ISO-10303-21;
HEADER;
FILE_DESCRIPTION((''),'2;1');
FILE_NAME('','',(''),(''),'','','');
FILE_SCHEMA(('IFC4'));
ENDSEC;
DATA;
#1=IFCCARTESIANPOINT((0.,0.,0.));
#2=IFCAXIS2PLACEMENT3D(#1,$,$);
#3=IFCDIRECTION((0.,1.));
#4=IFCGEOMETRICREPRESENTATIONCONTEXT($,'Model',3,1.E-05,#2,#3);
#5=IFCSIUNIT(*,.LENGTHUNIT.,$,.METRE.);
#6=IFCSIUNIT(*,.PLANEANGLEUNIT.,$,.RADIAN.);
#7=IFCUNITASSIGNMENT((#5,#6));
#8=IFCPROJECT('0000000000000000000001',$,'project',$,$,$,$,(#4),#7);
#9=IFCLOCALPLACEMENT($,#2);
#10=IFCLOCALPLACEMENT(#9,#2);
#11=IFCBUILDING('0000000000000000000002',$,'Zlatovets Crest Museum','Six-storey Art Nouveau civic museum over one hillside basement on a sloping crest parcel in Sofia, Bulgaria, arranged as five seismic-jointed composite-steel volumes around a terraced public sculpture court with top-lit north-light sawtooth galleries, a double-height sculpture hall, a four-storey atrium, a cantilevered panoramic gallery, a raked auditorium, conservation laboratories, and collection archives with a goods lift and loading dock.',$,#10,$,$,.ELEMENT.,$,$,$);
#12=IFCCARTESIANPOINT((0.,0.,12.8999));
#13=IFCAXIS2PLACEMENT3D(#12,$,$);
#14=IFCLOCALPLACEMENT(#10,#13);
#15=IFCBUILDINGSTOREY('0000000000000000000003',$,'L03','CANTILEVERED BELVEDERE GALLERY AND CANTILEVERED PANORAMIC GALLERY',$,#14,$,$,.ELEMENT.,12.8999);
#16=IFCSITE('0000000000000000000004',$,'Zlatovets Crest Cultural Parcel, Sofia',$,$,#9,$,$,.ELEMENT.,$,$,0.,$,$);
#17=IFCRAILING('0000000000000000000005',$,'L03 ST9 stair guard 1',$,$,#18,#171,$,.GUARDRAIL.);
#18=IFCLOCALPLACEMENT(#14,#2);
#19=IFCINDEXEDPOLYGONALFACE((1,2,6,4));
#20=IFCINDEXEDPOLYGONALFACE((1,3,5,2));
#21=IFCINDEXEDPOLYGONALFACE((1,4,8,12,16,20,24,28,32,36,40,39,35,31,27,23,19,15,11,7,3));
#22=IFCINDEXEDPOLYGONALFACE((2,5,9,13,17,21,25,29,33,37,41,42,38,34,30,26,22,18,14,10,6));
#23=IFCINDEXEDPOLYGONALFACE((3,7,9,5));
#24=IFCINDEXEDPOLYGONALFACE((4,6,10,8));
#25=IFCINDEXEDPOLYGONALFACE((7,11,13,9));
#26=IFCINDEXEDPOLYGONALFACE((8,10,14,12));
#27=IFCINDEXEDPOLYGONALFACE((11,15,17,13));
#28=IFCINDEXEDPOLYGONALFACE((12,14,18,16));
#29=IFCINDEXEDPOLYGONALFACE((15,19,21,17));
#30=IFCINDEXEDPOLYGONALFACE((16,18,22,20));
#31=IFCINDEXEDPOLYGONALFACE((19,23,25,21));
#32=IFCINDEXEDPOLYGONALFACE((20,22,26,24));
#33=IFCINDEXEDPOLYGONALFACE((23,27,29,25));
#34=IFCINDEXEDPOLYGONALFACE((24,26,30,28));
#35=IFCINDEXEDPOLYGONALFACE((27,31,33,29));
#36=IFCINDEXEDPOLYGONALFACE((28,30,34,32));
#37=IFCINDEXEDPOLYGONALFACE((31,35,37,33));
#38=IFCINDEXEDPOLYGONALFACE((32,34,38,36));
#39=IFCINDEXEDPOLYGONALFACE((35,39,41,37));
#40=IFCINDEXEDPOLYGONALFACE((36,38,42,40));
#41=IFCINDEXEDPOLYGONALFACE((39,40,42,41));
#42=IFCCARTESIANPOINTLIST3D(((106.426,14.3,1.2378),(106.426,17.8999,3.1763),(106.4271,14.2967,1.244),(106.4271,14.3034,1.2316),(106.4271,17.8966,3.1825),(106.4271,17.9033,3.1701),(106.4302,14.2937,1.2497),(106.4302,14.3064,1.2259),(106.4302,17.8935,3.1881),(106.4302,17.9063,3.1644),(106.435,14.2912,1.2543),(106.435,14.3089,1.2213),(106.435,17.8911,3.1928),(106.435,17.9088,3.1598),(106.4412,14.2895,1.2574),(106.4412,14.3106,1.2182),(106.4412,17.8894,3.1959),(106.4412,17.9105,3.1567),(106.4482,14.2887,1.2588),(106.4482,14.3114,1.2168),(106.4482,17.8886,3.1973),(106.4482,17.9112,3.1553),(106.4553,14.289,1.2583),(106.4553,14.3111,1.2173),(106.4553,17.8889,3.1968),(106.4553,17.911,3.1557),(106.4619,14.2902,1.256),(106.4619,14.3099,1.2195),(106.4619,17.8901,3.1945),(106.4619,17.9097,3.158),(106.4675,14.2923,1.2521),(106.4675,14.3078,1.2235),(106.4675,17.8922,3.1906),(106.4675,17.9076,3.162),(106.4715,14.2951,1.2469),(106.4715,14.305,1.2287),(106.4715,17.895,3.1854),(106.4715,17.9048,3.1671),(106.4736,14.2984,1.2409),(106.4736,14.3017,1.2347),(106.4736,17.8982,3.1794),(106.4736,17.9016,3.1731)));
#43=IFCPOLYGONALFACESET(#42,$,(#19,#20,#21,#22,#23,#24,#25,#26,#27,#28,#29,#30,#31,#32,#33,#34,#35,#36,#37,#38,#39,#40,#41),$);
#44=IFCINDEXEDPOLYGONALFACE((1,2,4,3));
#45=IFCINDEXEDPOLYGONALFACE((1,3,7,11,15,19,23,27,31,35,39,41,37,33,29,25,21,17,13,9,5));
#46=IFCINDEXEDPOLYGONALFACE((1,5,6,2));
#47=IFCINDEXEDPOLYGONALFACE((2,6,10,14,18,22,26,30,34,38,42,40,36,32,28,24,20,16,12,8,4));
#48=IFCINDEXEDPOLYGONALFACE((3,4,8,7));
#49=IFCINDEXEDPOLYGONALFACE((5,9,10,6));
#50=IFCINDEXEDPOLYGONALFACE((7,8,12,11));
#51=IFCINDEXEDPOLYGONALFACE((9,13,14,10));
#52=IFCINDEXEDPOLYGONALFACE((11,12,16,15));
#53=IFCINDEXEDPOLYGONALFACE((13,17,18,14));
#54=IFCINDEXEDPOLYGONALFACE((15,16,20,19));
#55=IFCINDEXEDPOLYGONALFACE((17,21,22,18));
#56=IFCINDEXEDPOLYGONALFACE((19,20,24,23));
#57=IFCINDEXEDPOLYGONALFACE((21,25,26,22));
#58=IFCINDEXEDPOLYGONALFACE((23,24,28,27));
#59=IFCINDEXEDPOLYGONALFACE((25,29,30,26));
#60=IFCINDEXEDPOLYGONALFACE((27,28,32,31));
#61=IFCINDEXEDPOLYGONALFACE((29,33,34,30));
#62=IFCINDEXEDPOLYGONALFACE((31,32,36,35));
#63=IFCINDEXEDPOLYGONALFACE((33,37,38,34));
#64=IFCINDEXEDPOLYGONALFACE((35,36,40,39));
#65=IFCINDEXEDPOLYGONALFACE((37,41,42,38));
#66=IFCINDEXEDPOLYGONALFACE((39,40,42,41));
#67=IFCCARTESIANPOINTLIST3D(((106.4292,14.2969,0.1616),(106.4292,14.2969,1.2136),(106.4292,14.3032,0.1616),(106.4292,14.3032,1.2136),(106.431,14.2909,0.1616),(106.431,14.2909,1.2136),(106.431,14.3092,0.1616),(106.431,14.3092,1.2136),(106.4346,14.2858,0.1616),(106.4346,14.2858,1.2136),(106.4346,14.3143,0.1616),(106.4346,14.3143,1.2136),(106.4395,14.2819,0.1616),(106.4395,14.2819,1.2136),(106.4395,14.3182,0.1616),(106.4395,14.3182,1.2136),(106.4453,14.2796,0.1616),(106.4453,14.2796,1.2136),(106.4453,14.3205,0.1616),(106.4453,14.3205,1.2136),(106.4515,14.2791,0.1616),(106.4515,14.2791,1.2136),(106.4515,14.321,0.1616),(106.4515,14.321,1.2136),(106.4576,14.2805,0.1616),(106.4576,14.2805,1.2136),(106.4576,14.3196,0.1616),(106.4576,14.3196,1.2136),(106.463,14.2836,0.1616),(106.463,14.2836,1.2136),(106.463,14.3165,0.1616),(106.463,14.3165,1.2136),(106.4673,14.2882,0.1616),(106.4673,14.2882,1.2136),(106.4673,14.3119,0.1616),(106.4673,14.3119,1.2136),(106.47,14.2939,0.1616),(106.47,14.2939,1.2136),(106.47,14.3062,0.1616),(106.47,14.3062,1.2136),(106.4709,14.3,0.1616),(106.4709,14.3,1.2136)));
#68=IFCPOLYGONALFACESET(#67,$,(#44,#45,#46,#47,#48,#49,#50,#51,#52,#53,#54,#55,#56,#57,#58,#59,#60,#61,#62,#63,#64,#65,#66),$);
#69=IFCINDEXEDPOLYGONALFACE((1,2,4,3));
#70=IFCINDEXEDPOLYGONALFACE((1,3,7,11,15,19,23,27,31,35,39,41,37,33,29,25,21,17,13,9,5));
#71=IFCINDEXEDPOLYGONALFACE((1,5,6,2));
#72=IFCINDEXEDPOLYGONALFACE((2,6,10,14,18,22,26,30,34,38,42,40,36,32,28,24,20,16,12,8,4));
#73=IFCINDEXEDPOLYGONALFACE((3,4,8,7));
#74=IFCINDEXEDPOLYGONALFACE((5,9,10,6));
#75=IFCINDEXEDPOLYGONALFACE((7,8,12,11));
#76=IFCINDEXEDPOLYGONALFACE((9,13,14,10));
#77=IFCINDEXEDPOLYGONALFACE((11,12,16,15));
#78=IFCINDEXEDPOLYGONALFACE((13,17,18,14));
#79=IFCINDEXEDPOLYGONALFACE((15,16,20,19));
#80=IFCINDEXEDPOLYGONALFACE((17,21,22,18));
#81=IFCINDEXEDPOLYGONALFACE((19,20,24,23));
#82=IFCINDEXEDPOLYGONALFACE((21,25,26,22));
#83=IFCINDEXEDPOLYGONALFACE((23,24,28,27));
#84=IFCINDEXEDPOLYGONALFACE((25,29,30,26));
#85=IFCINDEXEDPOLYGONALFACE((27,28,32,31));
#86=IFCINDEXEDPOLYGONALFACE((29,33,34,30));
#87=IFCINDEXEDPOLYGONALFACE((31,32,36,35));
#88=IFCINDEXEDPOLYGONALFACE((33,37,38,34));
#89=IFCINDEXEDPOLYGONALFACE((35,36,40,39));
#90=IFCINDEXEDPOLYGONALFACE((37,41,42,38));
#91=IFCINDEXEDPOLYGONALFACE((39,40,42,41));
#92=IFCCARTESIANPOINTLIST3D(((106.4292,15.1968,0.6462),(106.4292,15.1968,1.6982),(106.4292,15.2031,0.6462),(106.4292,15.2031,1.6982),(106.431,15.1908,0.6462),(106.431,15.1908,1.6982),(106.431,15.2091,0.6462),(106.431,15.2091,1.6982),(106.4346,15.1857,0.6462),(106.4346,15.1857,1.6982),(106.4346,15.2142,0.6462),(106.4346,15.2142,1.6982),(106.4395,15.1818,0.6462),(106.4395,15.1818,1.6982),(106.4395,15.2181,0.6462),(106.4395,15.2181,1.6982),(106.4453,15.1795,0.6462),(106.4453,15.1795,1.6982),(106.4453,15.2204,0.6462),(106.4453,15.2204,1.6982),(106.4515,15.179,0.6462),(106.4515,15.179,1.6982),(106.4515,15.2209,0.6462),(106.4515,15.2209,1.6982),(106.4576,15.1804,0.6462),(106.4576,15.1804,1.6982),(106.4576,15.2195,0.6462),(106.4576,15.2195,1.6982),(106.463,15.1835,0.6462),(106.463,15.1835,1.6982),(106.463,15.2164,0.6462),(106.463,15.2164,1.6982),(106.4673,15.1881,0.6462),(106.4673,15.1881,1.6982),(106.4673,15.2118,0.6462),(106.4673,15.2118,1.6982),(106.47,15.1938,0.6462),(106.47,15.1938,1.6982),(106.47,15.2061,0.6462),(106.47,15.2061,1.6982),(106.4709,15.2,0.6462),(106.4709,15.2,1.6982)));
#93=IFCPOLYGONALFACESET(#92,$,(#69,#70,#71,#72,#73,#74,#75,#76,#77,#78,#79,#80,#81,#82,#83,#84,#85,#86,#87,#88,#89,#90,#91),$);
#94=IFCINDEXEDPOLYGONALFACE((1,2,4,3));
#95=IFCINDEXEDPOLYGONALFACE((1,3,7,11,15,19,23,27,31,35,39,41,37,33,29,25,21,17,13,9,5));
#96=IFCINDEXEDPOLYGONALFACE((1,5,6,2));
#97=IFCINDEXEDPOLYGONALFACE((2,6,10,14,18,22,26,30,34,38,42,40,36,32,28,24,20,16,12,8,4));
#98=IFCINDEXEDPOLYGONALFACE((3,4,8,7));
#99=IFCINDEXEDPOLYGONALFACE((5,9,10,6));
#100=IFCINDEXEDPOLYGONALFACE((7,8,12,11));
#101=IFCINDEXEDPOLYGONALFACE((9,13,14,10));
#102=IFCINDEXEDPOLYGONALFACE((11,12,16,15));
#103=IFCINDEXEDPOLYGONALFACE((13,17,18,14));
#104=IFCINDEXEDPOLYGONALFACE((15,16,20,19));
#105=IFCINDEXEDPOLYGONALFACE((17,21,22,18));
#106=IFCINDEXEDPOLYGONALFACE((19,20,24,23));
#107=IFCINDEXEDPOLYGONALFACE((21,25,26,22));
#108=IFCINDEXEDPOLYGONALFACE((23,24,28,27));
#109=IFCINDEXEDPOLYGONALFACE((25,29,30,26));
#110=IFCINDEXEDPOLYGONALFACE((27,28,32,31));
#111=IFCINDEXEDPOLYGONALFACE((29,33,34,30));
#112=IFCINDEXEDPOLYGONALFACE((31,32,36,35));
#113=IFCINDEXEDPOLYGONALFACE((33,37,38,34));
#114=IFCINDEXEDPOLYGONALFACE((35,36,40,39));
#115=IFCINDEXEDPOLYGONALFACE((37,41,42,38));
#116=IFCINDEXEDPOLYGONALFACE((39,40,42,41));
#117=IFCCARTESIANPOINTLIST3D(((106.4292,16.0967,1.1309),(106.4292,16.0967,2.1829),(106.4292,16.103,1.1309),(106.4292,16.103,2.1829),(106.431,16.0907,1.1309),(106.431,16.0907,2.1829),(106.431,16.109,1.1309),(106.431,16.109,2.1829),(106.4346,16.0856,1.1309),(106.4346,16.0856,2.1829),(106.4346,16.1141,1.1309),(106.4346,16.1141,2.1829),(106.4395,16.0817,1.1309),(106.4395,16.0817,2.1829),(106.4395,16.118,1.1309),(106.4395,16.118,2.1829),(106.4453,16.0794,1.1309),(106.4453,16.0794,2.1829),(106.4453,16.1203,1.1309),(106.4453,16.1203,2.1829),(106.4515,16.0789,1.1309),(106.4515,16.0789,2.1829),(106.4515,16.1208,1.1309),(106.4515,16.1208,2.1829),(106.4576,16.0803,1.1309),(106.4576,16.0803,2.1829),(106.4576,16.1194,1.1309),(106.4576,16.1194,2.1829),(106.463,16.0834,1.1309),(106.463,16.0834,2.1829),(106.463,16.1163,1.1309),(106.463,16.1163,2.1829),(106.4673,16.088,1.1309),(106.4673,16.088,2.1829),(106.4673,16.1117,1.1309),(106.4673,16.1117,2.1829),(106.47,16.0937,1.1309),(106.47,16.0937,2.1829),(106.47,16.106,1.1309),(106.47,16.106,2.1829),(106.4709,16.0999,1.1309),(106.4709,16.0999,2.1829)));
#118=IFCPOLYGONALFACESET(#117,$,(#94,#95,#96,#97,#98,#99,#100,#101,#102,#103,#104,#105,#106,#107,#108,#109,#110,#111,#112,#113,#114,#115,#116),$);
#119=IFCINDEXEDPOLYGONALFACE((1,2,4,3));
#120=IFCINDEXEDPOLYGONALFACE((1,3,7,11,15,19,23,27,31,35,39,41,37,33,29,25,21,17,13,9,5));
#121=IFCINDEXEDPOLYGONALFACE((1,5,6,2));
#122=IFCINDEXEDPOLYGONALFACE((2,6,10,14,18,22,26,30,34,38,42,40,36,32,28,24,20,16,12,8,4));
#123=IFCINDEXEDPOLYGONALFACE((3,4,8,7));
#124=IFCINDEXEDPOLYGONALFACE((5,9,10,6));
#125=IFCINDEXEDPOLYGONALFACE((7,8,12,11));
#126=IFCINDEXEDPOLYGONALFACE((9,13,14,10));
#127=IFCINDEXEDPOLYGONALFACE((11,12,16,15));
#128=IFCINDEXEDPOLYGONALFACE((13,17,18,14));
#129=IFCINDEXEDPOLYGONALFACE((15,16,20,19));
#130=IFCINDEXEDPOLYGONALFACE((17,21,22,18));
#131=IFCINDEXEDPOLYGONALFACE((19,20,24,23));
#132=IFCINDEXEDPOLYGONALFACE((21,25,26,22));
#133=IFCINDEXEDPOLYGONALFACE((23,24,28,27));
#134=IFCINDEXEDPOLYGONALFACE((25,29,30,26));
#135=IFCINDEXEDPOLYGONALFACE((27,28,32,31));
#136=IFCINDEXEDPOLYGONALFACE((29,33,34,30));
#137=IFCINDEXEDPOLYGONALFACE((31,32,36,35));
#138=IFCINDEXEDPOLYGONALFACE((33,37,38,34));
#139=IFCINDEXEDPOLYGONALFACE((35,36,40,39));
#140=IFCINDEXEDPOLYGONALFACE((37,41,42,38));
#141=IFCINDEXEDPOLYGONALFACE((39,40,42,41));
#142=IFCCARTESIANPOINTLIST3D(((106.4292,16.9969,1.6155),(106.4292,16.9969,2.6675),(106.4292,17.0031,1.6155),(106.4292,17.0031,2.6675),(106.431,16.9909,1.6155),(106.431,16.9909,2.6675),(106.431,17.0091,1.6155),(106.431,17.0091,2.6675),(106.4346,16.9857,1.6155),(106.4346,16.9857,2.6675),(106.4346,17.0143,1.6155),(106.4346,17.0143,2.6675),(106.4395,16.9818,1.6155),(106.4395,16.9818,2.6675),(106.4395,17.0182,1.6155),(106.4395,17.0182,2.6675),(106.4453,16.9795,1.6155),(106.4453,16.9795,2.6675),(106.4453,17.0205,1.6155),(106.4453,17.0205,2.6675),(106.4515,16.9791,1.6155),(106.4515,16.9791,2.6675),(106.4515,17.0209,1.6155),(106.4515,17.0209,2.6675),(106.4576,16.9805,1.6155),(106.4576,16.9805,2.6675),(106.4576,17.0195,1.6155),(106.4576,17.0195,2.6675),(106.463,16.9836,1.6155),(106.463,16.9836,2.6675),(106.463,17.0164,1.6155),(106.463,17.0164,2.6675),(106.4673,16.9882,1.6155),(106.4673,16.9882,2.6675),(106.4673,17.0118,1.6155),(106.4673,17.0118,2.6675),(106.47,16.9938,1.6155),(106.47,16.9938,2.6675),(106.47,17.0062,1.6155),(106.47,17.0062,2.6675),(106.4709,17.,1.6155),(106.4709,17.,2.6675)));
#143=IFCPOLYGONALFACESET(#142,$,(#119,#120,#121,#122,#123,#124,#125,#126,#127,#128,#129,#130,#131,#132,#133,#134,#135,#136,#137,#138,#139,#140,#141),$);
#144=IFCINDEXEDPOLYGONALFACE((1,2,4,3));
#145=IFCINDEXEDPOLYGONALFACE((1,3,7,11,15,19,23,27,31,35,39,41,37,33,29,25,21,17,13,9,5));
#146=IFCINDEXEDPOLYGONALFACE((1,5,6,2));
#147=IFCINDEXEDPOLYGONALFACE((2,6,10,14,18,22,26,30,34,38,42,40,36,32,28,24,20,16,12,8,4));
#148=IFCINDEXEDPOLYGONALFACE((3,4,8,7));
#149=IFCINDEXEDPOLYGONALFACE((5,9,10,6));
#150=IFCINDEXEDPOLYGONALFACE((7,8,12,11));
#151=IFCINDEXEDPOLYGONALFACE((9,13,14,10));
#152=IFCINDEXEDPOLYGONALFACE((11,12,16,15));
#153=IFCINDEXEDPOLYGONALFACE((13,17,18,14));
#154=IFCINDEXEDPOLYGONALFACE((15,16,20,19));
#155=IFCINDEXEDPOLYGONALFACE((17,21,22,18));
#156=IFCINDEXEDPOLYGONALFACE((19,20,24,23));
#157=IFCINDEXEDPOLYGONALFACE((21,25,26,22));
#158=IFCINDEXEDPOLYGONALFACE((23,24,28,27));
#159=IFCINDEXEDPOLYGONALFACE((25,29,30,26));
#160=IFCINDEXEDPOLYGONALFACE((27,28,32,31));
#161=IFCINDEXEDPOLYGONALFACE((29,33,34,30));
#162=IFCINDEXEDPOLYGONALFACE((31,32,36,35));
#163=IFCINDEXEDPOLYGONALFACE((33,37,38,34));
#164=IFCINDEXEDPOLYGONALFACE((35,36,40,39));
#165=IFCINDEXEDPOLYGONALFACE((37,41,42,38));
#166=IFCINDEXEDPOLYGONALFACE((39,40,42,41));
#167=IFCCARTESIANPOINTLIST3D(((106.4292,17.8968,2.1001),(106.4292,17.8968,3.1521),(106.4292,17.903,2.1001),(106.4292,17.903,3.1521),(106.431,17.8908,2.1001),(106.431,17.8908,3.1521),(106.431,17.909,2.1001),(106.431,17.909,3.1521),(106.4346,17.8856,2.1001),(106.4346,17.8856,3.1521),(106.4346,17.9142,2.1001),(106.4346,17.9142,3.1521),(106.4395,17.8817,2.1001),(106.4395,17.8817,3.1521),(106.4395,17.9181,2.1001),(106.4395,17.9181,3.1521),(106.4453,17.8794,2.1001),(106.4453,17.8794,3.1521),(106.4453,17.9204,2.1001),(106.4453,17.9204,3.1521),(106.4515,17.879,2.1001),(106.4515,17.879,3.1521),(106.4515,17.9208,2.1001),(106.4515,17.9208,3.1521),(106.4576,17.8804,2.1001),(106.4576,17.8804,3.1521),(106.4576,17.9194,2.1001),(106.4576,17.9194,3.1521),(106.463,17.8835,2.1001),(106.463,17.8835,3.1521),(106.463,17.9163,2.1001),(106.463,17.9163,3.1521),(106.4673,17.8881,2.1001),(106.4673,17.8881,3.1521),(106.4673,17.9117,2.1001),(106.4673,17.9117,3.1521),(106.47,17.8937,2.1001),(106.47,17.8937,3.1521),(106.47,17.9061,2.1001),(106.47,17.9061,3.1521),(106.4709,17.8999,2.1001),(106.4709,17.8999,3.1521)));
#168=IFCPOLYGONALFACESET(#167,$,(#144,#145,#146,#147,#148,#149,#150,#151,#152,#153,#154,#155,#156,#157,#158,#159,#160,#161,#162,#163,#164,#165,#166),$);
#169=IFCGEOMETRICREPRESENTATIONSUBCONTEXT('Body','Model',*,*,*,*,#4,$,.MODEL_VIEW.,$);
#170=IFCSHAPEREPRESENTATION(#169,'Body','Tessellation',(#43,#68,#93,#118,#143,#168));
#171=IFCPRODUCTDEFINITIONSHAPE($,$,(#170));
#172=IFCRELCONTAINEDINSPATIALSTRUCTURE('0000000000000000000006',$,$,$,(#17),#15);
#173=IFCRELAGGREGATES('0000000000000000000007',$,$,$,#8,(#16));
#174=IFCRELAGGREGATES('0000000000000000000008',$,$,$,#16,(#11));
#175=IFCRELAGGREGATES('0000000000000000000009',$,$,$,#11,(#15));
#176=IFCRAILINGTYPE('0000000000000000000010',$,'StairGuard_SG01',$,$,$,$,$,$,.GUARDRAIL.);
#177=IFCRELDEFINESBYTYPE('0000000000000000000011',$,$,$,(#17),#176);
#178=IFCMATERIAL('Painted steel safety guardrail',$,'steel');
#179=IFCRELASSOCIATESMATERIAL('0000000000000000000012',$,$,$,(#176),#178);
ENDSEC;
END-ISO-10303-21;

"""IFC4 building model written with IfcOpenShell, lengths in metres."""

from ifc_helpers import new_model, si_unit, direction, frame, origin, origin_2d, place, context, subcontext, project, spatial, circle, extrude, material, type_object, element, save


model = new_model("IFC4")

# Units and contexts
model_context = context("Model", 3, precision=1e-05, world=origin(), true_north=direction((0.0, 1.0)))
body_context = subcontext(model_context, "Body", "Model", "MODEL_VIEW")
ifc_project = project(units=[si_unit("LENGTHUNIT", "METRE"), si_unit("PLANEANGLEUNIT", "RADIAN")], contexts=[model_context])

# Site, building, storey
site_placement = place(None, origin())
site = spatial("IfcSite", under=ifc_project, at=site_placement, Name="Zlatovets Crest Cultural Parcel, Sofia", CompositionType="ELEMENT", RefElevation=0.0)
building_placement = place(site_placement, origin())
building = spatial("IfcBuilding", under=site, at=building_placement, Name="Zlatovets Crest Museum", Description="Six-storey Art Nouveau civic museum over one hillside basement on a sloping crest parcel in Sofia, Bulgaria, arranged as five seismic-jointed composite-steel volumes around a terraced public sculpture court with top-lit north-light sawtooth galleries, a double-height sculpture hall, a four-storey atrium, a cantilevered panoramic gallery, a raked auditorium, conservation laboratories, and collection archives with a goods lift and loading dock.", CompositionType="ELEMENT")
storey_placement = place(building_placement, frame((0.0, 0.0, 12.8999)))
storey = spatial("IfcBuildingStorey", under=building, at=storey_placement, Name="L03", Description="CANTILEVERED BELVEDERE GALLERY AND CANTILEVERED PANORAMIC GALLERY", CompositionType="ELEMENT", Elevation=12.8999)

# Railing
ifc_material_1 = material(Name="Painted steel safety guardrail", Category="steel")
railing_type_1 = type_object("IfcRailingType", Name="StairGuard_SG01", PredefinedType="GUARDRAIL", material=ifc_material_1)
railing_1_placement = place(storey_placement, frame((106.45, 14.3, 0.1616)))
element("IfcRailing", 1, at=railing_1_placement, inside=storey, type_object=railing_type_1, Name="L03 ST9 stair guard 1", PredefinedType="GUARDRAIL", context=body_context, shape_type="SweptSolid", body=[
    extrude(circle(Radius=0.0239, at=origin_2d()), frame((0.0, 0.0, 1.0762), z_axis=(0.0, 0.880462, 0.474118), x_axis=(-1.0, 0.0, 0.0)), (0.0, 0.0, 1.0), 4.0886),
    extrude(circle(Radius=0.021, at=origin_2d()), origin(), (0.0, 0.0, 1.0), 1.052),
    extrude(circle(Radius=0.021, at=origin_2d()), frame((0.0, 0.8999, 0.4846)), (0.0, 0.0, 1.0), 1.052),
    extrude(circle(Radius=0.021, at=origin_2d()), frame((0.0, 1.7998, 0.9692)), (0.0, 0.0, 1.0), 1.052),
    extrude(circle(Radius=0.021, at=origin_2d()), frame((0.0, 2.7, 1.4539)), (0.0, 0.0, 1.0), 1.052),
    extrude(circle(Radius=0.021, at=origin_2d()), frame((0.0, 3.5999, 1.9385)), (0.0, 0.0, 1.0), 1.052),
])

save(model, "model.ifc")
